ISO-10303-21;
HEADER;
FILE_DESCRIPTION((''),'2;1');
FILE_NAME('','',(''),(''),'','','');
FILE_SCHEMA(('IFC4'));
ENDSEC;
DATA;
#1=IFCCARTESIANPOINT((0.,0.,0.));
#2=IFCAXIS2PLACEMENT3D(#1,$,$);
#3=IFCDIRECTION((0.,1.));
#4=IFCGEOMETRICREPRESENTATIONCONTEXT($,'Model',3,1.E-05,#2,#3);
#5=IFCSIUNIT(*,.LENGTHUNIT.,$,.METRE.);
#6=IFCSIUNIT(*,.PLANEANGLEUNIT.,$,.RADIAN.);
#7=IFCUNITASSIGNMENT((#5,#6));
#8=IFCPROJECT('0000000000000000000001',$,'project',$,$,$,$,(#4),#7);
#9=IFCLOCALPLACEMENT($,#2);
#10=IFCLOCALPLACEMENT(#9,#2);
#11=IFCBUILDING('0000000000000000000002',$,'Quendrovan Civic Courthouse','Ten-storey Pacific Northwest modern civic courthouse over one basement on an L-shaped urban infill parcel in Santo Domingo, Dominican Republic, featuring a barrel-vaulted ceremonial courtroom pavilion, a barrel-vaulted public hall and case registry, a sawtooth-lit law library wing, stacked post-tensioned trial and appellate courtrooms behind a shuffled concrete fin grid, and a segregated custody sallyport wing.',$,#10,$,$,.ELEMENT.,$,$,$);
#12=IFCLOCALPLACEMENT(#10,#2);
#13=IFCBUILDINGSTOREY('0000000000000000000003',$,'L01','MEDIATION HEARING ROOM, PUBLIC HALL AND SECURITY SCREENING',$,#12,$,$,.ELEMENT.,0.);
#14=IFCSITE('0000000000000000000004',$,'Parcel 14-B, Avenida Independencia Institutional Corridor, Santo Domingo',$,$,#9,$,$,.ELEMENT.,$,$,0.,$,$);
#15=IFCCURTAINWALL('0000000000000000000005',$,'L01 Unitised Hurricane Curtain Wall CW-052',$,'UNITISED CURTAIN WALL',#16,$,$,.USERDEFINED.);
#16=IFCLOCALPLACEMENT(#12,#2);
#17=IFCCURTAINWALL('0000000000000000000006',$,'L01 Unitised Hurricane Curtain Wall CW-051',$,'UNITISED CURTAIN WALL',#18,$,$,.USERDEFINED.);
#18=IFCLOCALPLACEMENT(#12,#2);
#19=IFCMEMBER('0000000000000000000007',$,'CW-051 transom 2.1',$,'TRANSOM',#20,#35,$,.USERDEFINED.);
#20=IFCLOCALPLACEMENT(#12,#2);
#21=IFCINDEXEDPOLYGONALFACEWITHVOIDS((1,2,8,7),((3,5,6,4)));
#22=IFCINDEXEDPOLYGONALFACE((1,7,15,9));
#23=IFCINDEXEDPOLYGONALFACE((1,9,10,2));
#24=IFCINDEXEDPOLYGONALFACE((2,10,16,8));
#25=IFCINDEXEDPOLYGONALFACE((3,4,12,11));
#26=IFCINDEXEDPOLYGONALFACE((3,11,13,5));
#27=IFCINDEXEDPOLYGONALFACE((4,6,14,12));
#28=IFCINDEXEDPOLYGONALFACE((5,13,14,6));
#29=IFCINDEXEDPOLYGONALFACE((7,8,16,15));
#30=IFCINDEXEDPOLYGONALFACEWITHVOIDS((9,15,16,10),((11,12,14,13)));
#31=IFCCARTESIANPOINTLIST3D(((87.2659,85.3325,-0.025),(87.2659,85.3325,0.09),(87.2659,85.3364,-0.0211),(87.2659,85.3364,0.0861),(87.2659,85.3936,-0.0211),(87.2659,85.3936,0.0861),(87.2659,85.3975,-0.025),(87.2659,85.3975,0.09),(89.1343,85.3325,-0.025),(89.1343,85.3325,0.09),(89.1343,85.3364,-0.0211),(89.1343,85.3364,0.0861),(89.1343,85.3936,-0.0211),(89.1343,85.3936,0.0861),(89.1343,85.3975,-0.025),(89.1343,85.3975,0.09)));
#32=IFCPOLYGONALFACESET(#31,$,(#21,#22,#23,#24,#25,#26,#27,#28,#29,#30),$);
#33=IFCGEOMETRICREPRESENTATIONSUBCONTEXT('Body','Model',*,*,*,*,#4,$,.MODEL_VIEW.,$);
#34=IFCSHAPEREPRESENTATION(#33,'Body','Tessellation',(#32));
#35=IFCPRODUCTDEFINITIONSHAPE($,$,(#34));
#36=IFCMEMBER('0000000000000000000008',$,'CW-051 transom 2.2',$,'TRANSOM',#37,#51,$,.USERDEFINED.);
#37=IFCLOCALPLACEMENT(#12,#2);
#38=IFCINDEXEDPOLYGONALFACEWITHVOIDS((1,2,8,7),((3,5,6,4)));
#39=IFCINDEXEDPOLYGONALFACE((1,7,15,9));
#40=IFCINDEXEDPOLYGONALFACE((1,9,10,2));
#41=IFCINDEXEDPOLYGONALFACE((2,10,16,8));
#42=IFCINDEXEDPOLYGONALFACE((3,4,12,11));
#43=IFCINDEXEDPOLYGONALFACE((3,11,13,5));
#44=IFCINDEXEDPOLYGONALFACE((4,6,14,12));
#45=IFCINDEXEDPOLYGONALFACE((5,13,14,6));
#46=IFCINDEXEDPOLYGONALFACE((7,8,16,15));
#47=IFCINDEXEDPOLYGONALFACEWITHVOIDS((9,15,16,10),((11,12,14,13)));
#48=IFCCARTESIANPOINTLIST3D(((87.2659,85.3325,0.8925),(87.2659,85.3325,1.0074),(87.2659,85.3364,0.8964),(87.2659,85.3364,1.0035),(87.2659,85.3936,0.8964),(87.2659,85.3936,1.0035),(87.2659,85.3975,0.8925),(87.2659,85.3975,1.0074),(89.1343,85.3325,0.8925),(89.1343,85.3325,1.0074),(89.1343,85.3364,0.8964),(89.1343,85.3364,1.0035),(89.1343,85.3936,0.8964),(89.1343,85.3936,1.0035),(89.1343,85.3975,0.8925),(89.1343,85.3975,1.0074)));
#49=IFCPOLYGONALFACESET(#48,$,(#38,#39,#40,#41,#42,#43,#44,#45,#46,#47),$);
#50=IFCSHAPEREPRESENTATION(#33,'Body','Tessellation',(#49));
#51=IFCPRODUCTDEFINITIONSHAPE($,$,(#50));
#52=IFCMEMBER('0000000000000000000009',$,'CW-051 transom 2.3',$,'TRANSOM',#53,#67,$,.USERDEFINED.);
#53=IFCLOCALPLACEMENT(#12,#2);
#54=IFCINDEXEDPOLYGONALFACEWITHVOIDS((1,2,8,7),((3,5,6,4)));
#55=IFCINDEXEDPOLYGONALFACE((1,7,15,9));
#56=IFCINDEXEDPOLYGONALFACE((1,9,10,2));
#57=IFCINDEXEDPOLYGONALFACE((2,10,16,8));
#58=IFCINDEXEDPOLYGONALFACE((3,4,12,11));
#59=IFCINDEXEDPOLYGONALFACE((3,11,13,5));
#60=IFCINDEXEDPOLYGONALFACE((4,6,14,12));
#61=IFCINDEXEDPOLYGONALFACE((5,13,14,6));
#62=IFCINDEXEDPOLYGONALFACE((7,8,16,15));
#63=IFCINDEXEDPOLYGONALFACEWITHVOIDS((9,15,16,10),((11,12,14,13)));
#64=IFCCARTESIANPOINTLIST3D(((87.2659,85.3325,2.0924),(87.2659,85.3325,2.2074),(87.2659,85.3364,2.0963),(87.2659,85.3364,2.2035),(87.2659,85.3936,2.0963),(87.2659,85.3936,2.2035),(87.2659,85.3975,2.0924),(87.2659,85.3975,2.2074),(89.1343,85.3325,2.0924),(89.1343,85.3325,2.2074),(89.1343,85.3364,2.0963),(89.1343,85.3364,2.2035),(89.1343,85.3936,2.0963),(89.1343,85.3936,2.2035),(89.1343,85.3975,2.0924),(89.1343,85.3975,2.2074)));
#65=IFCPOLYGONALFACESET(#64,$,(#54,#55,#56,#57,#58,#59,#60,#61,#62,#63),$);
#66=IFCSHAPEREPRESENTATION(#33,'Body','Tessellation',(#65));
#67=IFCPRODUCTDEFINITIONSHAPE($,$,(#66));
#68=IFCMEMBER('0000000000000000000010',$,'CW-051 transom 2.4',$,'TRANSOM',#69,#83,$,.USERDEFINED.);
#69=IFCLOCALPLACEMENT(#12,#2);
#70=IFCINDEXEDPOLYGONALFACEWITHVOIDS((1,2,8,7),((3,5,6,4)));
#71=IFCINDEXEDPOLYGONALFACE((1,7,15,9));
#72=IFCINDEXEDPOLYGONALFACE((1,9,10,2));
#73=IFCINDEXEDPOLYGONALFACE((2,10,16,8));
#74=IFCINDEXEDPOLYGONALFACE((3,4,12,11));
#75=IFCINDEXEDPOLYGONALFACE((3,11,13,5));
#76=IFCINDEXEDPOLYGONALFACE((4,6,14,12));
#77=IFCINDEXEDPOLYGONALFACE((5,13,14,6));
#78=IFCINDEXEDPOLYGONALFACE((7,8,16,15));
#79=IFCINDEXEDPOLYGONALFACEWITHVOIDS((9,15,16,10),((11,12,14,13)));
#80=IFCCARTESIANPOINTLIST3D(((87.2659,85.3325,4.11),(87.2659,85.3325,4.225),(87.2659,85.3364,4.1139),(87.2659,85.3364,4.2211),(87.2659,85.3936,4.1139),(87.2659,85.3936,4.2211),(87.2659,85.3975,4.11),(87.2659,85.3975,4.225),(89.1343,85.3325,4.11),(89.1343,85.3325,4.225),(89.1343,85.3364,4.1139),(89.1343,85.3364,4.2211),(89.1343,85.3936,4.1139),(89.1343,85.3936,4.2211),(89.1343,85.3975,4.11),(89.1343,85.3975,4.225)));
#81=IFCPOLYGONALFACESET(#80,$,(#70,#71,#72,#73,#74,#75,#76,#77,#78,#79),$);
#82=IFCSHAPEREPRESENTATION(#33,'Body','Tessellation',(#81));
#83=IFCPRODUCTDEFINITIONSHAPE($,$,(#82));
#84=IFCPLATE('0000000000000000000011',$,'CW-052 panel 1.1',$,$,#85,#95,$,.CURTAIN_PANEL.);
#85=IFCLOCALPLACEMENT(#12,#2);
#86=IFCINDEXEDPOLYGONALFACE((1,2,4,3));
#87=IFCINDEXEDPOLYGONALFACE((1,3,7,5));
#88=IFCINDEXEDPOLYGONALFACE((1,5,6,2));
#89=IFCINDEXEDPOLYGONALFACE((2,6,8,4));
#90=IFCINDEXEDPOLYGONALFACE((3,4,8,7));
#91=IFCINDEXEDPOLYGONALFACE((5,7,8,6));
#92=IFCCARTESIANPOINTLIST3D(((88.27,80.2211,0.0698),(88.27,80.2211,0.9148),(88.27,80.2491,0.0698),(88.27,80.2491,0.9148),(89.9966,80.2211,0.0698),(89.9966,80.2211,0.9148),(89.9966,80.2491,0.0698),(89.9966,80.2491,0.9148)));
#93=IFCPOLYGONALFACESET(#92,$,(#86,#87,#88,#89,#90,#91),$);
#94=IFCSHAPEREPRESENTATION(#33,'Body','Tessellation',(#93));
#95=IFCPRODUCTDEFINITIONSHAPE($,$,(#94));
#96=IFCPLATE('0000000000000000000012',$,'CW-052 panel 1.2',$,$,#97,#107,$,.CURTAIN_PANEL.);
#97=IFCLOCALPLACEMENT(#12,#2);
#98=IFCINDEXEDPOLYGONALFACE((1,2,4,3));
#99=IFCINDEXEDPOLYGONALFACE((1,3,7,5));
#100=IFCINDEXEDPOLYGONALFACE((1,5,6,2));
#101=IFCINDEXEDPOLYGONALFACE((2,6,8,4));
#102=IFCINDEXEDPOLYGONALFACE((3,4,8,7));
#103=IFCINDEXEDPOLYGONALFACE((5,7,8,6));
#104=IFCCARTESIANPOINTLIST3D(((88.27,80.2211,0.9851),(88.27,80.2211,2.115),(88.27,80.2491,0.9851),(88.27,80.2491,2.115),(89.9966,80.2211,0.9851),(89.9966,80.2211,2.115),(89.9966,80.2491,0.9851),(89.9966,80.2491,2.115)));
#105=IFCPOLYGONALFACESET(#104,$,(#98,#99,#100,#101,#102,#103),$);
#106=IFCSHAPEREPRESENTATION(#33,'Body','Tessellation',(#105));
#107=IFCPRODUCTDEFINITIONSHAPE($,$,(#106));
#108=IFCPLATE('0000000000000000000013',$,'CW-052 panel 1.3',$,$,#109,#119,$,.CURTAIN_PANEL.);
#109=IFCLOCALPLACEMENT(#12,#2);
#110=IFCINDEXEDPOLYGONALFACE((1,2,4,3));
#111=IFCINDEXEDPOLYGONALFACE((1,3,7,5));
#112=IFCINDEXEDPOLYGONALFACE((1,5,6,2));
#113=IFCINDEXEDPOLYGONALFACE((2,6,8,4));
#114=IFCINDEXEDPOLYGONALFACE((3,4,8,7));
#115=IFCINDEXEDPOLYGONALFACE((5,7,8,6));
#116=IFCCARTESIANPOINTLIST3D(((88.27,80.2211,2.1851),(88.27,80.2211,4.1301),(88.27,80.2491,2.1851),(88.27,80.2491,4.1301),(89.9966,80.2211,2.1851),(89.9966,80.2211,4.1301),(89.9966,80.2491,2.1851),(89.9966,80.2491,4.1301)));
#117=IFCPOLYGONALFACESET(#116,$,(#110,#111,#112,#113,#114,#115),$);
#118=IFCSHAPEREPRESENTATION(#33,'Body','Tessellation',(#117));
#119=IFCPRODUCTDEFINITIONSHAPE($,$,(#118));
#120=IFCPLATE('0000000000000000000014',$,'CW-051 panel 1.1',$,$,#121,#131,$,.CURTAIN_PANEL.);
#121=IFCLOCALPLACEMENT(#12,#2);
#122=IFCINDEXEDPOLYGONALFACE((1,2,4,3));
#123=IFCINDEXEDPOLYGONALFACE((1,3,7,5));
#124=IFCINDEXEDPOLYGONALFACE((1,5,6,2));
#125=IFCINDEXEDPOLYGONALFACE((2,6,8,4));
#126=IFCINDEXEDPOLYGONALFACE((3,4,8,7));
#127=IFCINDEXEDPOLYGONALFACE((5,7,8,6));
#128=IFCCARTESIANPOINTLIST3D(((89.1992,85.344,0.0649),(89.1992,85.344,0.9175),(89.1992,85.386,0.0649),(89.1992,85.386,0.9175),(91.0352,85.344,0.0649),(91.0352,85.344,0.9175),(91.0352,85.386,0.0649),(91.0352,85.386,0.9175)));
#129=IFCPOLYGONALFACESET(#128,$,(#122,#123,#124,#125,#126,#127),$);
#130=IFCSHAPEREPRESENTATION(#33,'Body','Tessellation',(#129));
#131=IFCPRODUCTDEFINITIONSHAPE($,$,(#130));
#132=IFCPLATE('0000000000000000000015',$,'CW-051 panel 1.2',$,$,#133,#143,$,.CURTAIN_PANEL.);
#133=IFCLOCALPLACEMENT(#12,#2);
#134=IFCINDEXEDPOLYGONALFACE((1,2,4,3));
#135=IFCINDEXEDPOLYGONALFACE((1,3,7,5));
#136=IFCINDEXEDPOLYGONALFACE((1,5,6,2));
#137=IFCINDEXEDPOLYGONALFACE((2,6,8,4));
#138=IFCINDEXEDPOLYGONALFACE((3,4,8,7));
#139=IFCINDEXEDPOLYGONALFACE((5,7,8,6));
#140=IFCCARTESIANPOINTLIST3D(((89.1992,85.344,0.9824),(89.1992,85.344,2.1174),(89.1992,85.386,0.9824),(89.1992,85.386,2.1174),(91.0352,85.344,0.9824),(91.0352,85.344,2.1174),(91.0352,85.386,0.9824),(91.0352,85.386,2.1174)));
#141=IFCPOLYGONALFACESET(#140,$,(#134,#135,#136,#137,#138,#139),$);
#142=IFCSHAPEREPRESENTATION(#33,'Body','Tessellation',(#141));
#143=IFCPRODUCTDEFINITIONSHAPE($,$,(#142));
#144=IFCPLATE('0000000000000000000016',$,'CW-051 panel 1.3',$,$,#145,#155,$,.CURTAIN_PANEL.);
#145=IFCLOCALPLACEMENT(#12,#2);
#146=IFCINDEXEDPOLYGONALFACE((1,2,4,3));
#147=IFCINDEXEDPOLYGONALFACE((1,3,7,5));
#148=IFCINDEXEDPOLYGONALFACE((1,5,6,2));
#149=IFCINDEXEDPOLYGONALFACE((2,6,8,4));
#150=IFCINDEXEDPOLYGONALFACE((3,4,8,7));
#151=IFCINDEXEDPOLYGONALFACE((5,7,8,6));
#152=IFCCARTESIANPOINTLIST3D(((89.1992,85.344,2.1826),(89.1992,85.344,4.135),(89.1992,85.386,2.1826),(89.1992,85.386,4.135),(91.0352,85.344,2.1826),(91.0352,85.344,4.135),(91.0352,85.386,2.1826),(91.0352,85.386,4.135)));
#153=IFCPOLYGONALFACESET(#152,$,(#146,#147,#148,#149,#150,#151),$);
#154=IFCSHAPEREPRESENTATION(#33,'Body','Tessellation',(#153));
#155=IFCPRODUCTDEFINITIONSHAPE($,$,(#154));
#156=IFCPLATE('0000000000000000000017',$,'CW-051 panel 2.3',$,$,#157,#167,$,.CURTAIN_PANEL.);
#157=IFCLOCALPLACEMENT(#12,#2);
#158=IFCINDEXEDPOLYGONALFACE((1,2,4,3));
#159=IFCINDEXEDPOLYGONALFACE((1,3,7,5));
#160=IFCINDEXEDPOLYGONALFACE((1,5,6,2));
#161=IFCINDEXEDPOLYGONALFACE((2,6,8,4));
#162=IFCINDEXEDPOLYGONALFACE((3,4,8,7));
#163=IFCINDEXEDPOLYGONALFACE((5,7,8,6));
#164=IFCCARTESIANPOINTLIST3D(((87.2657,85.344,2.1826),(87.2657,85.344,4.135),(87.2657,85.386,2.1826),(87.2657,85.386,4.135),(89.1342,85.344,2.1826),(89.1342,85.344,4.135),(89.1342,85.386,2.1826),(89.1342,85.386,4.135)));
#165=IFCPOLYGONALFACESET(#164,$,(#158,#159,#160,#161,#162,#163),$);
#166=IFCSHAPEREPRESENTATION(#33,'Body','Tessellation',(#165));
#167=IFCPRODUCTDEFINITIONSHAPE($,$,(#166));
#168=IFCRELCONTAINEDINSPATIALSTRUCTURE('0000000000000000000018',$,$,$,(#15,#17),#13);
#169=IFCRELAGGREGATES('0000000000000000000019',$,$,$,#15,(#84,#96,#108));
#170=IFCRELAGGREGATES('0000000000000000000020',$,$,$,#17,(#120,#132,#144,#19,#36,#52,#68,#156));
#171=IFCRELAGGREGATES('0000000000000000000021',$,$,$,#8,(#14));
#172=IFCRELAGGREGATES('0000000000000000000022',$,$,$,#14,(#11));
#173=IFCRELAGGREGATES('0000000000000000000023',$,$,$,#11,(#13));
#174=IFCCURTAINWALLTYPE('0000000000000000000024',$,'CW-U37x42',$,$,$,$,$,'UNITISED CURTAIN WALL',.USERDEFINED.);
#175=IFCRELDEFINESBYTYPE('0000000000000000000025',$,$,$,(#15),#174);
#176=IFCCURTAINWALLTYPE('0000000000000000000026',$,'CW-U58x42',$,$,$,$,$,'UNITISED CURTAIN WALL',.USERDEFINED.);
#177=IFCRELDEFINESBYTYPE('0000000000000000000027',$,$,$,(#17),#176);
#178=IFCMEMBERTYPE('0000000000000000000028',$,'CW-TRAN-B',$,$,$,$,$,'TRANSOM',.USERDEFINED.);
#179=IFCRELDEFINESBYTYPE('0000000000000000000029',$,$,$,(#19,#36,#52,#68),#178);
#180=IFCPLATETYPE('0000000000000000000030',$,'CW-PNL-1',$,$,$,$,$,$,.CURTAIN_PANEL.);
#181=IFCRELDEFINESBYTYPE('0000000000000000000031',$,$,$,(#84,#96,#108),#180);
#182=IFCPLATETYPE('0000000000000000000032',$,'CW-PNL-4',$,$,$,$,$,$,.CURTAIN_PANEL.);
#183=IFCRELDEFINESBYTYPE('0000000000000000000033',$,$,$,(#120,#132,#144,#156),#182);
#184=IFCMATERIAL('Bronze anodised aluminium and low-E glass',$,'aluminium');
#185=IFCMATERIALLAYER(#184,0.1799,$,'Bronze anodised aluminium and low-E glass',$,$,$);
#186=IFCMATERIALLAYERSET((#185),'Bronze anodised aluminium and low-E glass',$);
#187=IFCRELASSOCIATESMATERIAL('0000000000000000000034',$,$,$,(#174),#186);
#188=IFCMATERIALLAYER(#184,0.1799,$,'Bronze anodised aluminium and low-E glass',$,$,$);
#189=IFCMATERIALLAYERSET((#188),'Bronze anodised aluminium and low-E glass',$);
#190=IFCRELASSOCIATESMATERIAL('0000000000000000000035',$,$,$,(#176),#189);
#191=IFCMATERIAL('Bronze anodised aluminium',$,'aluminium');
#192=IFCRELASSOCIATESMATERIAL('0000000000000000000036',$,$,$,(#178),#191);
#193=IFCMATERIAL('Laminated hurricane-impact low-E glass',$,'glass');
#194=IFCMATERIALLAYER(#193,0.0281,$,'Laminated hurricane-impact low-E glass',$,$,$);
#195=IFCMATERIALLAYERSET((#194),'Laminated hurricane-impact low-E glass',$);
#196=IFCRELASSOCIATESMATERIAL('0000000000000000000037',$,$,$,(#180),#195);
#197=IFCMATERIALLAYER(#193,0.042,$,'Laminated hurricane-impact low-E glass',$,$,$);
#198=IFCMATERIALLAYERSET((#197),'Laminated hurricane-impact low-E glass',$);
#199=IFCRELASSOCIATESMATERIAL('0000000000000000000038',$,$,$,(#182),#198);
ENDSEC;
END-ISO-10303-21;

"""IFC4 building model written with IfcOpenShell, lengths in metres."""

from ifc_helpers import new_model, si_unit, direction, frame, origin, origin_2d, place, context, subcontext, project, spatial, rectangle, hollow_rectangle, extrude, material, layer, layer_set, material_profile, profile_set, type_object, element, aggregate, save


model = new_model("IFC4")

# Units and contexts
model_context = context("Model", 3, precision=1e-05, world=origin(), true_north=direction((0.0, 1.0)))
body_context = subcontext(model_context, "Body", "Model", "MODEL_VIEW")
ifc_project = project(units=[si_unit("LENGTHUNIT", "METRE"), si_unit("PLANEANGLEUNIT", "RADIAN")], contexts=[model_context])

# Site, building, storey
site_placement = place(None, origin())
site = spatial("IfcSite", under=ifc_project, at=site_placement, Name="Parcel 14-B, Avenida Independencia Institutional Corridor, Santo Domingo", CompositionType="ELEMENT", RefElevation=0.0)
building_placement = place(site_placement, origin())
building = spatial("IfcBuilding", under=site, at=building_placement, Name="Quendrovan Civic Courthouse", Description="Ten-storey Pacific Northwest modern civic courthouse over one basement on an L-shaped urban infill parcel in Santo Domingo, Dominican Republic, featuring a barrel-vaulted ceremonial courtroom pavilion, a barrel-vaulted public hall and case registry, a sawtooth-lit law library wing, stacked post-tensioned trial and appellate courtrooms behind a shuffled concrete fin grid, and a segregated custody sallyport wing.", CompositionType="ELEMENT")
storey_placement = place(building_placement, origin())
storey = spatial("IfcBuildingStorey", under=building, at=storey_placement, Name="L01", Description="MEDIATION HEARING ROOM, PUBLIC HALL AND SECURITY SCREENING", CompositionType="ELEMENT", Elevation=0.0)

# Curtain wall
ifc_material_1 = material(Name="Bronze anodised aluminium and low-E glass", Category="aluminium")
ifc_layer_1 = layer(ifc_material_1, 0.1799, Name="Bronze anodised aluminium and low-E glass")
ifc_layer_set_1 = layer_set([ifc_layer_1], Name="Bronze anodised aluminium and low-E glass")
curtain_wall_type_1 = type_object("IfcCurtainWallType", Name="CW-U37x42", ElementType="UNITISED CURTAIN WALL", PredefinedType="USERDEFINED", material=ifc_layer_set_1)
curtain_wall_1_placement = place(storey_placement, origin())
curtain_wall_1 = element("IfcCurtainWall", 1, at=curtain_wall_1_placement, inside=storey, type_object=curtain_wall_type_1, Name="L01 Unitised Hurricane Curtain Wall CW-052", ObjectType="UNITISED CURTAIN WALL", PredefinedType="USERDEFINED")
ifc_material_2 = material(Name="Bronze anodised aluminium", Category="aluminium")

# Curtain wall
ifc_layer_2 = layer(ifc_material_1, 0.1799, Name="Bronze anodised aluminium and low-E glass")
ifc_layer_set_2 = layer_set([ifc_layer_2], Name="Bronze anodised aluminium and low-E glass")
curtain_wall_type_2 = type_object("IfcCurtainWallType", Name="CW-U58x42", ElementType="UNITISED CURTAIN WALL", PredefinedType="USERDEFINED", material=ifc_layer_set_2)
curtain_wall_2_placement = place(storey_placement, origin())
curtain_wall_2 = element("IfcCurtainWall", 2, at=curtain_wall_2_placement, inside=storey, type_object=curtain_wall_type_2, Name="L01 Unitised Hurricane Curtain Wall CW-051", ObjectType="UNITISED CURTAIN WALL", PredefinedType="USERDEFINED")

# Members
ifc_material_profile_1 = material_profile(ifc_material_2, hollow_rectangle(XDim=0.0649, YDim=0.115, WallThickness=0.0039, at=origin_2d()), Name="CW-TRAN-65x115")
ifc_profile_set_1 = profile_set([ifc_material_profile_1], Name="Bronze anodised aluminium")
member_type_1 = type_object("IfcMemberType", Name="CW-TRAN-B", ElementType="TRANSOM", PredefinedType="USERDEFINED", material=ifc_profile_set_1)
member_1_placement = place(storey_placement, frame((89.1343, 85.365, 0.0325), z_axis=(-1.0, 0.0, 0.0), x_axis=(0.0, -1.0, 0.0)))
member_1 = element("IfcMember", 3, at=member_1_placement, type_object=member_type_1, Name="CW-051 transom 2.1", ObjectType="TRANSOM", PredefinedType="USERDEFINED", context=body_context, shape_type="SweptSolid", body=[
    extrude(hollow_rectangle(XDim=0.0649, YDim=0.115, WallThickness=0.0039, at=origin_2d()), origin(), (0.0, 0.0, 1.0), 1.8684),
])
member_2_placement = place(storey_placement, frame((89.1343, 85.365, 0.95), z_axis=(-1.0, 0.0, 0.0), x_axis=(0.0, -1.0, 0.0)))
member_2 = element("IfcMember", 4, at=member_2_placement, type_object=member_type_1, Name="CW-051 transom 2.2", ObjectType="TRANSOM", PredefinedType="USERDEFINED", context=body_context, shape_type="SweptSolid", body=[
    extrude(hollow_rectangle(XDim=0.0649, YDim=0.115, WallThickness=0.0039, at=origin_2d()), origin(), (0.0, 0.0, 1.0), 1.8684),
])
member_3_placement = place(storey_placement, frame((89.1343, 85.365, 2.1499), z_axis=(-1.0, 0.0, 0.0), x_axis=(0.0, -1.0, 0.0)))
member_3 = element("IfcMember", 5, at=member_3_placement, type_object=member_type_1, Name="CW-051 transom 2.3", ObjectType="TRANSOM", PredefinedType="USERDEFINED", context=body_context, shape_type="SweptSolid", body=[
    extrude(hollow_rectangle(XDim=0.0649, YDim=0.115, WallThickness=0.0039, at=origin_2d()), origin(), (0.0, 0.0, 1.0), 1.8684),
])
member_4_placement = place(storey_placement, frame((89.1343, 85.365, 4.1675), z_axis=(-1.0, 0.0, 0.0), x_axis=(0.0, -1.0, 0.0)))
member_4 = element("IfcMember", 6, at=member_4_placement, type_object=member_type_1, Name="CW-051 transom 2.4", ObjectType="TRANSOM", PredefinedType="USERDEFINED", context=body_context, shape_type="SweptSolid", body=[
    extrude(hollow_rectangle(XDim=0.0649, YDim=0.115, WallThickness=0.0039, at=origin_2d()), origin(), (0.0, 0.0, 1.0), 1.8684),
])

# Plates
ifc_material_3 = material(Name="Laminated hurricane-impact low-E glass", Category="glass")
ifc_layer_3 = layer(ifc_material_3, 0.0281, Name="Laminated hurricane-impact low-E glass")
ifc_layer_set_3 = layer_set([ifc_layer_3], Name="Laminated hurricane-impact low-E glass")
plate_type_1 = type_object("IfcPlateType", Name="CW-PNL-1", PredefinedType="CURTAIN_PANEL", material=ifc_layer_set_3)
plate_1_placement = place(storey_placement, frame((89.1333, 80.2351, 0.0698), z_axis=(0.0, 0.0, 1.0), x_axis=(1.0, 0.0, 0.0)))
plate_1 = element("IfcPlate", 7, at=plate_1_placement, type_object=plate_type_1, Name="CW-052 panel 1.1", PredefinedType="CURTAIN_PANEL", context=body_context, shape_type="SweptSolid", body=[
    extrude(rectangle(XDim=1.7266, YDim=0.0281, at=origin_2d()), origin(), (0.0, 0.0, 1.0), 0.845),
])
plate_2_placement = place(storey_placement, frame((89.1333, 80.2351, 0.9851), z_axis=(0.0, 0.0, 1.0), x_axis=(1.0, 0.0, 0.0)))
plate_2 = element("IfcPlate", 8, at=plate_2_placement, type_object=plate_type_1, Name="CW-052 panel 1.2", PredefinedType="CURTAIN_PANEL", context=body_context, shape_type="SweptSolid", body=[
    extrude(rectangle(XDim=1.7266, YDim=0.0281, at=origin_2d()), origin(), (0.0, 0.0, 1.0), 1.1299),
])
plate_3_placement = place(storey_placement, frame((89.1333, 80.2351, 2.1851), z_axis=(0.0, 0.0, 1.0), x_axis=(1.0, 0.0, 0.0)))
plate_3 = element("IfcPlate", 9, at=plate_3_placement, type_object=plate_type_1, Name="CW-052 panel 1.3", PredefinedType="CURTAIN_PANEL", context=body_context, shape_type="SweptSolid", body=[
    extrude(rectangle(XDim=1.7266, YDim=0.0281, at=origin_2d()), origin(), (0.0, 0.0, 1.0), 1.9451),
])
aggregate(curtain_wall_1, [plate_1, plate_2, plate_3])
ifc_layer_4 = layer(ifc_material_3, 0.042, Name="Laminated hurricane-impact low-E glass")
ifc_layer_set_4 = layer_set([ifc_layer_4], Name="Laminated hurricane-impact low-E glass")
plate_type_2 = type_object("IfcPlateType", Name="CW-PNL-4", PredefinedType="CURTAIN_PANEL", material=ifc_layer_set_4)
plate_4_placement = place(storey_placement, frame((90.1172, 85.365, 0.0649), z_axis=(0.0, 0.0, 1.0), x_axis=(-1.0, 0.0, 0.0)))
plate_4 = element("IfcPlate", 10, at=plate_4_placement, type_object=plate_type_2, Name="CW-051 panel 1.1", PredefinedType="CURTAIN_PANEL", context=body_context, shape_type="SweptSolid", body=[
    extrude(rectangle(XDim=1.8359, YDim=0.042, at=origin_2d()), origin(), (0.0, 0.0, 1.0), 0.8525),
])
plate_5_placement = place(storey_placement, frame((90.1172, 85.365, 0.9824), z_axis=(0.0, 0.0, 1.0), x_axis=(-1.0, 0.0, 0.0)))
plate_5 = element("IfcPlate", 11, at=plate_5_placement, type_object=plate_type_2, Name="CW-051 panel 1.2", PredefinedType="CURTAIN_PANEL", context=body_context, shape_type="SweptSolid", body=[
    extrude(rectangle(XDim=1.8359, YDim=0.042, at=origin_2d()), origin(), (0.0, 0.0, 1.0), 1.135),
])
plate_6_placement = place(storey_placement, frame((90.1172, 85.365, 2.1826), z_axis=(0.0, 0.0, 1.0), x_axis=(-1.0, 0.0, 0.0)))
plate_6 = element("IfcPlate", 12, at=plate_6_placement, type_object=plate_type_2, Name="CW-051 panel 1.3", PredefinedType="CURTAIN_PANEL", context=body_context, shape_type="SweptSolid", body=[
    extrude(rectangle(XDim=1.8359, YDim=0.042, at=origin_2d()), origin(), (0.0, 0.0, 1.0), 1.9524),
])
plate_7_placement = place(storey_placement, frame((88.2, 85.365, 2.1826), z_axis=(0.0, 0.0, 1.0), x_axis=(-1.0, 0.0, 0.0)))
plate_7 = element("IfcPlate", 13, at=plate_7_placement, type_object=plate_type_2, Name="CW-051 panel 2.3", PredefinedType="CURTAIN_PANEL", context=body_context, shape_type="SweptSolid", body=[
    extrude(rectangle(XDim=1.8684, YDim=0.042, at=origin_2d()), origin(), (0.0, 0.0, 1.0), 1.9524),
])
aggregate(curtain_wall_2, [plate_4, plate_5, plate_6, member_1, member_2, member_3, member_4, plate_7])

save(model, "model.ifc")
